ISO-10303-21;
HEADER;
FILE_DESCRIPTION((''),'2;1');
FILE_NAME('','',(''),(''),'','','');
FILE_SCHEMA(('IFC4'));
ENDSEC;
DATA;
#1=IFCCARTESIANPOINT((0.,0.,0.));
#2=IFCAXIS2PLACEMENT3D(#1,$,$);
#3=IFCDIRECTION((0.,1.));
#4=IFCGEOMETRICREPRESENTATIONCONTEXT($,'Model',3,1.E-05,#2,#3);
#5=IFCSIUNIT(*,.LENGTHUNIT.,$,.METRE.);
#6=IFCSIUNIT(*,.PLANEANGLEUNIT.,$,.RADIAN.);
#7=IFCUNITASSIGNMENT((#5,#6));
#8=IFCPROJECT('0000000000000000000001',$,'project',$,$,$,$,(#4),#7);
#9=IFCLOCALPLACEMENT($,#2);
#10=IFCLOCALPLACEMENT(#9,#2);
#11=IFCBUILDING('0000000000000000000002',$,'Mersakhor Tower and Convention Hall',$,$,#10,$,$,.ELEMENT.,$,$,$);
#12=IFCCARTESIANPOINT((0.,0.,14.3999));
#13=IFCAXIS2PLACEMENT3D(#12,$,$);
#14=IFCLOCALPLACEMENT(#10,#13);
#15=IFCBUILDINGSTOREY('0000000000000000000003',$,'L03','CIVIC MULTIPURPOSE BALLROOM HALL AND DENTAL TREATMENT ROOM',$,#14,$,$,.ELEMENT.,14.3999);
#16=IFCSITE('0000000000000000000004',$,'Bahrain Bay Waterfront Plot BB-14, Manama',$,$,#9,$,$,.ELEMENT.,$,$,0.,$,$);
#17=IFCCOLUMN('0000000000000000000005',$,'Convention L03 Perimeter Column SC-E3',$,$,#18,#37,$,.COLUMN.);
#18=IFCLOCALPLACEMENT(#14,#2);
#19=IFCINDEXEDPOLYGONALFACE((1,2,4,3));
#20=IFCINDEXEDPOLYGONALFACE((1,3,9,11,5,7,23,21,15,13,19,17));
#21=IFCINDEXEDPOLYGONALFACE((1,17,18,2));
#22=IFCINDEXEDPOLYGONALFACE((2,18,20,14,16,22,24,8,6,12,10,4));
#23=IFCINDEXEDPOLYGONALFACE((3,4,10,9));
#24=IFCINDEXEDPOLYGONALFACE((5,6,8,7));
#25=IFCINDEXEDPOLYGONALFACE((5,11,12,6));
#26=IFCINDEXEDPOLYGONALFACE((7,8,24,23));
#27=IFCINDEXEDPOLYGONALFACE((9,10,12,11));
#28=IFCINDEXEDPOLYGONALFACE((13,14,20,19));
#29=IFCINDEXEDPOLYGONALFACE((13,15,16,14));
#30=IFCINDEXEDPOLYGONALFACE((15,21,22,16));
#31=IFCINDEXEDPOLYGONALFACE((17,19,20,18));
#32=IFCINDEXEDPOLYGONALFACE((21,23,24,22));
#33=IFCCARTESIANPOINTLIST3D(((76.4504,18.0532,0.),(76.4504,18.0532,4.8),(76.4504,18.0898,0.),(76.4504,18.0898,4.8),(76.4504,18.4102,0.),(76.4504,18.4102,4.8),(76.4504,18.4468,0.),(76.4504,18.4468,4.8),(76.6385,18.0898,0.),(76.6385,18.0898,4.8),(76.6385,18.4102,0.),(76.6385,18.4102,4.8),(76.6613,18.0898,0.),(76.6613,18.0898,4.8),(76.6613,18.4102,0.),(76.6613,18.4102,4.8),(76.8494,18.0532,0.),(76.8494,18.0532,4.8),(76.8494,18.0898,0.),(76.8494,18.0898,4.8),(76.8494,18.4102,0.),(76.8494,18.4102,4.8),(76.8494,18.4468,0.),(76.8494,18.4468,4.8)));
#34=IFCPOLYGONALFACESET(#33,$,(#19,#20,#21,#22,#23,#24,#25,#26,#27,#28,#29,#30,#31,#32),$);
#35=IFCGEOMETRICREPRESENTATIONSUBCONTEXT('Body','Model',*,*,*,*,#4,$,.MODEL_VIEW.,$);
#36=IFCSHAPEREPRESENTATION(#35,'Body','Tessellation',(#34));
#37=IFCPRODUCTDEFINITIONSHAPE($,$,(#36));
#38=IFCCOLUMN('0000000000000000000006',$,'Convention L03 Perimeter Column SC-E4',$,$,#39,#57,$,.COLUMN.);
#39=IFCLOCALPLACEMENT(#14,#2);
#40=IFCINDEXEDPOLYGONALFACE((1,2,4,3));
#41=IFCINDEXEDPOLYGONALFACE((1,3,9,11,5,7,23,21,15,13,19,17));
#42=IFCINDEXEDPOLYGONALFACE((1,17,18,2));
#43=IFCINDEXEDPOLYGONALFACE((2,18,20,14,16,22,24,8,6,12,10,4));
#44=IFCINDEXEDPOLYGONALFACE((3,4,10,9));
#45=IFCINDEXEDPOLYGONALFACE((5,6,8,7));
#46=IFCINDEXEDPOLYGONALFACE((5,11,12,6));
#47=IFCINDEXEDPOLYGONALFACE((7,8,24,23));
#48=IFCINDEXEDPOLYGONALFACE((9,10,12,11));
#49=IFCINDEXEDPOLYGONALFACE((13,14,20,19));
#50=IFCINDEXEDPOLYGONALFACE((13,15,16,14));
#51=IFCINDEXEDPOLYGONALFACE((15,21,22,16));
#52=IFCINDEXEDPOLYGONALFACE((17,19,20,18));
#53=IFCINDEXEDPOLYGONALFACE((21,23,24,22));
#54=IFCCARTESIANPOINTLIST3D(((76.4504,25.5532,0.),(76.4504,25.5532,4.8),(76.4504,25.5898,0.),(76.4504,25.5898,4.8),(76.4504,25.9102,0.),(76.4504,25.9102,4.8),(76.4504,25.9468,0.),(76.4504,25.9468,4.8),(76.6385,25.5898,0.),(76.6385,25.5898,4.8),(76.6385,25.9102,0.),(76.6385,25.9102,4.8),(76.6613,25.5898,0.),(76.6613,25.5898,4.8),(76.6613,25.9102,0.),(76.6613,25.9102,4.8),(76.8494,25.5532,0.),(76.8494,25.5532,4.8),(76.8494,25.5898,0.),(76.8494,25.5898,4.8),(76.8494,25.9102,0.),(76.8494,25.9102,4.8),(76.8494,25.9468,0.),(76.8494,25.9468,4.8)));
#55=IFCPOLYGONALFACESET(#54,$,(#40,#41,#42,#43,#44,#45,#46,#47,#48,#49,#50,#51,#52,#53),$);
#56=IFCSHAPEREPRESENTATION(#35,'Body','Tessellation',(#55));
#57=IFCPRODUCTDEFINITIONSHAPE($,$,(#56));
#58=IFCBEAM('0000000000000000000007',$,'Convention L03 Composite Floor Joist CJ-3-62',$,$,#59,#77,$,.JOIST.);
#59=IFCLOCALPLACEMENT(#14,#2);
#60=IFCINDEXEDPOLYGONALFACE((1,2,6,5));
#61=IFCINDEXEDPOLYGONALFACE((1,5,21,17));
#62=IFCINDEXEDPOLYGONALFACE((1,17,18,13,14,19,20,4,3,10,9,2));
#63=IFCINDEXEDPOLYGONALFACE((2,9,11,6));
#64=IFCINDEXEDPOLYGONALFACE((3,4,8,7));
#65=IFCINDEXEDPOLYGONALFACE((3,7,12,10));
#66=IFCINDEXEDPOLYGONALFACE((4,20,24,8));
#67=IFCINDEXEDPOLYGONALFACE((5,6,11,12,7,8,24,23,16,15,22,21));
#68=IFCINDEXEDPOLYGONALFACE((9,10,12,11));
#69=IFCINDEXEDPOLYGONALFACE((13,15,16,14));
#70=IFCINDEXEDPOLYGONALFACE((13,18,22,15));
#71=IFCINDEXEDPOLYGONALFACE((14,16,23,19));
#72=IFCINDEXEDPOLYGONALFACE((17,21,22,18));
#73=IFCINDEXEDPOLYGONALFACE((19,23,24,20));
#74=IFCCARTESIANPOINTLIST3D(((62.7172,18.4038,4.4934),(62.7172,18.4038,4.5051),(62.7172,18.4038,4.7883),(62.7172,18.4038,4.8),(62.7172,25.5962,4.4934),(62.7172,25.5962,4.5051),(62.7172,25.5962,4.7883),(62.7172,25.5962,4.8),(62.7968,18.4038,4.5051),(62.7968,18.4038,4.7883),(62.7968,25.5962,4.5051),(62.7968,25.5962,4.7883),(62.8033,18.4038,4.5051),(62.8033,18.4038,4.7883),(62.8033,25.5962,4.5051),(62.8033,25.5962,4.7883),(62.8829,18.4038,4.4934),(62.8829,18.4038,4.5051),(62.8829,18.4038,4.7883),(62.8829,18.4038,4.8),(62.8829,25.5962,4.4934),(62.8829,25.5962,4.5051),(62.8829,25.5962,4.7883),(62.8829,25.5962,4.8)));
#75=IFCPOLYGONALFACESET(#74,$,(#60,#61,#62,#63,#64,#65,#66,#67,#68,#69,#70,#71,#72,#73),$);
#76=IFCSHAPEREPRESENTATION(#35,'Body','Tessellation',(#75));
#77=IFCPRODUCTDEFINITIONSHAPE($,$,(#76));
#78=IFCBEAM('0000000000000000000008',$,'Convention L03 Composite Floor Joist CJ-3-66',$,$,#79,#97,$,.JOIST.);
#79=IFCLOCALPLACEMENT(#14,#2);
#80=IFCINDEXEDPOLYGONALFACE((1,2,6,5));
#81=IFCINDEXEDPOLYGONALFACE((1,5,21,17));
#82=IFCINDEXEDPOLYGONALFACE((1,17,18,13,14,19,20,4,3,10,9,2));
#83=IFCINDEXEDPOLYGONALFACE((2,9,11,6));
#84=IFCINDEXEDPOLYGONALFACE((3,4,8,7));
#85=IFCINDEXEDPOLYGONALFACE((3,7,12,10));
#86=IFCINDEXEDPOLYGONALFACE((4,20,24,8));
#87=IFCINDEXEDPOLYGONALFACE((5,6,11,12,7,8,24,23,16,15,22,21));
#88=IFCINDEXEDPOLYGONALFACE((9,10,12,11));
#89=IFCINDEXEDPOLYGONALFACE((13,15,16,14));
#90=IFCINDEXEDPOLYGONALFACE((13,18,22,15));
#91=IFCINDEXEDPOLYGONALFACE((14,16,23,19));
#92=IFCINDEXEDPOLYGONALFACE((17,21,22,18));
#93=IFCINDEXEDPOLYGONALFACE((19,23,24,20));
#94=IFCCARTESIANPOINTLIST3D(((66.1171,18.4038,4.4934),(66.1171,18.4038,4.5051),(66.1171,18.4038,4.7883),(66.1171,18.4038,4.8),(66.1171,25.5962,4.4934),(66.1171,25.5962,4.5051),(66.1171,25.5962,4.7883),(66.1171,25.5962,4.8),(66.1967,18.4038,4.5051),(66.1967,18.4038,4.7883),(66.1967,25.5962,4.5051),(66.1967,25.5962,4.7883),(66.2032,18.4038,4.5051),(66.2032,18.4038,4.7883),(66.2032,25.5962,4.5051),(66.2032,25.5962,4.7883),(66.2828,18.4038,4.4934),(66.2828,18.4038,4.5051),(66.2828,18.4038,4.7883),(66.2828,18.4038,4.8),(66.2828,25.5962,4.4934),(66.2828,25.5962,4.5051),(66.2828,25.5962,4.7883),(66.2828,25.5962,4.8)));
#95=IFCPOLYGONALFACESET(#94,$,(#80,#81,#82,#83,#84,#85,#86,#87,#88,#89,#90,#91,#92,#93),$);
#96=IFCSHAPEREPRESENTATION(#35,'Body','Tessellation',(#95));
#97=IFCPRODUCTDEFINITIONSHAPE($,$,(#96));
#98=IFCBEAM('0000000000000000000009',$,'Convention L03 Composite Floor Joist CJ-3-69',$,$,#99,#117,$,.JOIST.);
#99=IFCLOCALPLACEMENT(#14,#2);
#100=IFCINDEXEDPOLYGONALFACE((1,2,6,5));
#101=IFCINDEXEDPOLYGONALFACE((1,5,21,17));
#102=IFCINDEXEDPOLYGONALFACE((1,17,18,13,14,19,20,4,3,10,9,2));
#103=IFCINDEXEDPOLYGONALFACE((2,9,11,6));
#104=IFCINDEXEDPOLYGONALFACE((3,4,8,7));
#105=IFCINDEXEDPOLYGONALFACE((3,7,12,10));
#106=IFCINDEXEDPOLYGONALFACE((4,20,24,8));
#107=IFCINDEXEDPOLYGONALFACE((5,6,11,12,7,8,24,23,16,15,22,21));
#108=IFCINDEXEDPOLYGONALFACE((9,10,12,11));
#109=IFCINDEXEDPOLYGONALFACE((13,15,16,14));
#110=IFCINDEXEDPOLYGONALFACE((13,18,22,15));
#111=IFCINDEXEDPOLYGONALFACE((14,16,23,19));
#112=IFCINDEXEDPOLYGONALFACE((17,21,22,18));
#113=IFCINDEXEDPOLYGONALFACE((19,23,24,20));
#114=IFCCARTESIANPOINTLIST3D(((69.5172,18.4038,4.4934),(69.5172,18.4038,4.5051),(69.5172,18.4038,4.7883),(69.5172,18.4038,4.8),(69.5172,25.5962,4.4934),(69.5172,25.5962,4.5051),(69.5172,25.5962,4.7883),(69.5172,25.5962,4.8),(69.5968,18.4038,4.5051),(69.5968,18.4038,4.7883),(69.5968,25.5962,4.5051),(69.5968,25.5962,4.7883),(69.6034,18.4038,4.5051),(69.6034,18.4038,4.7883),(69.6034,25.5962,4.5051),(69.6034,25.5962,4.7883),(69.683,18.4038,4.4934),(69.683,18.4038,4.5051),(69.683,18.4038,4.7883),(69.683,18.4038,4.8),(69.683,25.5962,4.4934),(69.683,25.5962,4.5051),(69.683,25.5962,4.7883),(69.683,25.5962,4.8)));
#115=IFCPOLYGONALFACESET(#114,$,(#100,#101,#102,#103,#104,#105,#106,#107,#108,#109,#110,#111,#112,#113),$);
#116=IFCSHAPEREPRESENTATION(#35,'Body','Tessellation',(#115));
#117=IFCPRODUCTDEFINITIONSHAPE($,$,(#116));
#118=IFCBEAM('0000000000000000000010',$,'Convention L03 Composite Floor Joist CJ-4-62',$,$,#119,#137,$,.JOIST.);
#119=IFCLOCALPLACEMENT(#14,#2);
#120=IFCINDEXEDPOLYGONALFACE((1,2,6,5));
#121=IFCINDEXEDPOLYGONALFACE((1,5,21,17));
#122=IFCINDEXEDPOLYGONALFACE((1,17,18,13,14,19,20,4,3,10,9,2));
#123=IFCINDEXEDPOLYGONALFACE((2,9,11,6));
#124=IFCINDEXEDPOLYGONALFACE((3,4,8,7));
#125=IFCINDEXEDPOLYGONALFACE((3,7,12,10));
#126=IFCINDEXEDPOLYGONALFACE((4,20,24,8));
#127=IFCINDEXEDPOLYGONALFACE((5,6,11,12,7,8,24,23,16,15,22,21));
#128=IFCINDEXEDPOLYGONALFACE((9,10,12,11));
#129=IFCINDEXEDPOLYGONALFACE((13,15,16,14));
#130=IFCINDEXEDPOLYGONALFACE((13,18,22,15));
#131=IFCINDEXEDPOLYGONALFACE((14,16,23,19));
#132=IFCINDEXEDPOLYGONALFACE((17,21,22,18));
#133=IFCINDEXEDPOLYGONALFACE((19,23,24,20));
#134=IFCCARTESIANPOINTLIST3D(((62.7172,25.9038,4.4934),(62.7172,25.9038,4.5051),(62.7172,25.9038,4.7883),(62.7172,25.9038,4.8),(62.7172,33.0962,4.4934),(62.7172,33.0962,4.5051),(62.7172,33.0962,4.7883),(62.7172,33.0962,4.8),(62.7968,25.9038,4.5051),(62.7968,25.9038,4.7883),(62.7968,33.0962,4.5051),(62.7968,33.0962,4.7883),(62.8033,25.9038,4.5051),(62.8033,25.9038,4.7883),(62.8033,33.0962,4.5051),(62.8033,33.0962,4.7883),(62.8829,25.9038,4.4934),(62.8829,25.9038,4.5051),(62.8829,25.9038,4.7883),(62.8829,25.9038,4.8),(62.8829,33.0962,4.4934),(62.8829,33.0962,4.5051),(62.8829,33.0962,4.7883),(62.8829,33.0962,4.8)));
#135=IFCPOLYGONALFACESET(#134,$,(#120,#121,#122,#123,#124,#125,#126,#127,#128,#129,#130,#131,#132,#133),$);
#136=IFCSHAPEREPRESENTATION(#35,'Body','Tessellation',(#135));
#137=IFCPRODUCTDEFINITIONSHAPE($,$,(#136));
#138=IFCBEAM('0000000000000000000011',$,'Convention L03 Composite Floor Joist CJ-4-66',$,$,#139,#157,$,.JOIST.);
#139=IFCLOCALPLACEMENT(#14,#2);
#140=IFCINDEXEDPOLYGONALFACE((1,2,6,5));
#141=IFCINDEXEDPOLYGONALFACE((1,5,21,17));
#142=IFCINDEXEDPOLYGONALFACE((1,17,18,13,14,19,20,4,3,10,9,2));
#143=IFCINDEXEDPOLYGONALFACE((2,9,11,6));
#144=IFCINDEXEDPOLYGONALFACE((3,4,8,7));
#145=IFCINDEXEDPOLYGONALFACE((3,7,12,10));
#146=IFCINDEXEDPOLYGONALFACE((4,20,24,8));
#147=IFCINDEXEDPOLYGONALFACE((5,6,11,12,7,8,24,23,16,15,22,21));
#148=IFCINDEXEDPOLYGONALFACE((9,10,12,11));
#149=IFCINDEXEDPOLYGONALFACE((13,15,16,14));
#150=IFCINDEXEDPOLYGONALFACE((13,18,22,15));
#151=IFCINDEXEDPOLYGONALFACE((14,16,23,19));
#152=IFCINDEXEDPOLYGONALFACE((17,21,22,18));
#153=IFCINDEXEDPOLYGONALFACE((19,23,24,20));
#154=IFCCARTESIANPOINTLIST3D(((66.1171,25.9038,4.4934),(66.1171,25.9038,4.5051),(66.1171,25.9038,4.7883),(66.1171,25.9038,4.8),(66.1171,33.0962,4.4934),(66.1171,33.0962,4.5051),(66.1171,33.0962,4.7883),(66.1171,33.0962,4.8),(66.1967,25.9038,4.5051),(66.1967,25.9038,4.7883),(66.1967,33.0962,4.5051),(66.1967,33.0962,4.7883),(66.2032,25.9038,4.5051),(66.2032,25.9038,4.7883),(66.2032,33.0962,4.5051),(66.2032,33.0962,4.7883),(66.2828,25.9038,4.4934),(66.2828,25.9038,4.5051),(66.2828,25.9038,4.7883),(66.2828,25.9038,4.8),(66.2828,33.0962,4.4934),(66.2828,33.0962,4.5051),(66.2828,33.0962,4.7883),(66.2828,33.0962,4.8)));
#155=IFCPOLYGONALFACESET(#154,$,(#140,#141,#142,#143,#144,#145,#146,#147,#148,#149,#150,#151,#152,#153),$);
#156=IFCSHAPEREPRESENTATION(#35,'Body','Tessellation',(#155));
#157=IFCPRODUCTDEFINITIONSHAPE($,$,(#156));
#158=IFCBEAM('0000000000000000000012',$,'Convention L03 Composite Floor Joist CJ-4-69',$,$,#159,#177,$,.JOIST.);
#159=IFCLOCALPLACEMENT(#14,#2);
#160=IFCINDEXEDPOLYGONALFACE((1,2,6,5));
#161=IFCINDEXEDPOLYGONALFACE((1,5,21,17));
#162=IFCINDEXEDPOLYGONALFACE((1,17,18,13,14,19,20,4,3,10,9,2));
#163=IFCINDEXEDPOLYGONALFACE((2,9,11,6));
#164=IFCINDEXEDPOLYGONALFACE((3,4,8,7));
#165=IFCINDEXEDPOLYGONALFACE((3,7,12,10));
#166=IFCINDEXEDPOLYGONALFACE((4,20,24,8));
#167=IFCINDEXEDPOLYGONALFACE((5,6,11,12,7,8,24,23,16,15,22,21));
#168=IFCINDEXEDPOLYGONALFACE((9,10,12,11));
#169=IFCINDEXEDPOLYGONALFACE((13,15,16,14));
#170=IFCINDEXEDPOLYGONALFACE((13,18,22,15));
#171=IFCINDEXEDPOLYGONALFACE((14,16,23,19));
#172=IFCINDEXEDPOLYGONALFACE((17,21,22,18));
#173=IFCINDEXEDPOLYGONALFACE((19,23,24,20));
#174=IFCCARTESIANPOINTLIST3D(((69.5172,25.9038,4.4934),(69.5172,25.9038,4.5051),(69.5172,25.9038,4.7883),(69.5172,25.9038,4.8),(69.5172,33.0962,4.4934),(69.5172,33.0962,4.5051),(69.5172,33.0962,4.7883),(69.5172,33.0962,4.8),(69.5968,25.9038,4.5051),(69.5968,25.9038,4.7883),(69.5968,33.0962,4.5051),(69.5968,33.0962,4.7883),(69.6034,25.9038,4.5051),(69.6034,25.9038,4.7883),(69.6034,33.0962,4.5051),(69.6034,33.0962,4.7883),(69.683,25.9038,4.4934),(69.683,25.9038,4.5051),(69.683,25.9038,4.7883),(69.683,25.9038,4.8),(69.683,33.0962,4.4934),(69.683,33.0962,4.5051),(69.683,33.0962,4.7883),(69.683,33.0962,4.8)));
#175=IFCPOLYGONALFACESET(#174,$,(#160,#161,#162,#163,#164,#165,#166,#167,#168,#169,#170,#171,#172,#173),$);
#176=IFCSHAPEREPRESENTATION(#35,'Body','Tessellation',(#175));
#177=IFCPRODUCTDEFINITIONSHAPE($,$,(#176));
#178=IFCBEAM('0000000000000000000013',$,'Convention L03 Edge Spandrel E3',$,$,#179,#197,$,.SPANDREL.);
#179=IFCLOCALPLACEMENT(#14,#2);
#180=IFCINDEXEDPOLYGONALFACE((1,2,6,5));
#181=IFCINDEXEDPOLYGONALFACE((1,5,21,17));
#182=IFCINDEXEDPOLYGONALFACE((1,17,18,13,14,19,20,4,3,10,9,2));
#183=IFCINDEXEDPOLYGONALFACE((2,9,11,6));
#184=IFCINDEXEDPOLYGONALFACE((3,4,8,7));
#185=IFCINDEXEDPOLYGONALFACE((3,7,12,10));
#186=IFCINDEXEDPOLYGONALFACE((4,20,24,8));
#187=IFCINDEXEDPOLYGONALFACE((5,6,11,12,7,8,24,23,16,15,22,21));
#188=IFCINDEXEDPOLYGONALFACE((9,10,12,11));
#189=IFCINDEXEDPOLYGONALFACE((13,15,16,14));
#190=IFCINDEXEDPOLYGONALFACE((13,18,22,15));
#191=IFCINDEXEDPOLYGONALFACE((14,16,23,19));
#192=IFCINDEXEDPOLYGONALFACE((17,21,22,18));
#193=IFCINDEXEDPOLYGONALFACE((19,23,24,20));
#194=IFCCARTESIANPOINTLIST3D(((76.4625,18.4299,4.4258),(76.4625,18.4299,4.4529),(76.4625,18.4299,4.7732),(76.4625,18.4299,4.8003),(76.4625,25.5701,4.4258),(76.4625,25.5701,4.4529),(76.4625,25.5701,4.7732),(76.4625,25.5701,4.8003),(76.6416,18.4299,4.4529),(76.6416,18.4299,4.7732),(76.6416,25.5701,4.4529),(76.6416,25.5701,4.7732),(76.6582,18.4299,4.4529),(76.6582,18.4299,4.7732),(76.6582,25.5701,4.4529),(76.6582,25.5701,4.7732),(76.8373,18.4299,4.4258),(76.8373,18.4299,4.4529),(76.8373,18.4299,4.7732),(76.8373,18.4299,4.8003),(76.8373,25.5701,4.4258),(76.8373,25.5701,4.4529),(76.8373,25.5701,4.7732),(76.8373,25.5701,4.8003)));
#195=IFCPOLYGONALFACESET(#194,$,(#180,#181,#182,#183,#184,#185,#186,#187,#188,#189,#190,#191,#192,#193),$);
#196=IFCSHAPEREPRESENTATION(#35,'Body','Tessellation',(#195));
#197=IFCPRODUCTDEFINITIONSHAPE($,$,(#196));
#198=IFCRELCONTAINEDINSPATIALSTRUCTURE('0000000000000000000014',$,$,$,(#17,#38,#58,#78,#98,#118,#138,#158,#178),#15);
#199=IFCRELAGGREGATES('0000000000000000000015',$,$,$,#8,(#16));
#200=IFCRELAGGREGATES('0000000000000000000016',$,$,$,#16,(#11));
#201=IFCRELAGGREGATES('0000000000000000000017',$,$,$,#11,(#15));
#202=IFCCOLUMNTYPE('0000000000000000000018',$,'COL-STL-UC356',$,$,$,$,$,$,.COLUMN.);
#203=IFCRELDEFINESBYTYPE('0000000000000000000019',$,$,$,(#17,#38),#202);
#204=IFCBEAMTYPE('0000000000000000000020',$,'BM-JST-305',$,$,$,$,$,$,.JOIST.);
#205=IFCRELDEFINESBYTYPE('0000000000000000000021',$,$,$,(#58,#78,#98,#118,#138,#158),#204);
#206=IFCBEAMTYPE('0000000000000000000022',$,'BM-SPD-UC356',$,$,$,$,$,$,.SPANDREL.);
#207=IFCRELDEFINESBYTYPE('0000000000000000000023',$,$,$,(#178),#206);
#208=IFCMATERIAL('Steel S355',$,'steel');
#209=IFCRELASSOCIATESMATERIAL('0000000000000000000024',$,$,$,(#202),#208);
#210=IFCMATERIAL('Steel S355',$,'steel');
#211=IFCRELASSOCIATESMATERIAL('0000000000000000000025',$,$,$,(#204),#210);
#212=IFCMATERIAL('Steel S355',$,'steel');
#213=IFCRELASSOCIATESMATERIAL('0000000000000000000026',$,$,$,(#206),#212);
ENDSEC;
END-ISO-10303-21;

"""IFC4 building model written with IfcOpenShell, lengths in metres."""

from ifc_helpers import new_model, si_unit, direction, frame, origin, origin_2d, place, context, subcontext, project, spatial, i_section, extrude, material, material_profile, profile_set, type_object, element, save


model = new_model("IFC4")

# Units and contexts
model_context = context("Model", 3, precision=1e-05, world=origin(), true_north=direction((0.0, 1.0)))
body_context = subcontext(model_context, "Body", "Model", "MODEL_VIEW")
ifc_project = project(units=[si_unit("LENGTHUNIT", "METRE"), si_unit("PLANEANGLEUNIT", "RADIAN")], contexts=[model_context])

# Site, building, storey
site_placement = place(None, origin())
site = spatial("IfcSite", under=ifc_project, at=site_placement, Name="Bahrain Bay Waterfront Plot BB-14, Manama", CompositionType="ELEMENT", RefElevation=0.0)
building_placement = place(site_placement, origin())
building = spatial("IfcBuilding", under=site, at=building_placement, Name="Mersakhor Tower and Convention Hall", CompositionType="ELEMENT")
storey_placement = place(building_placement, frame((0.0, 0.0, 14.3999)))
storey = spatial("IfcBuildingStorey", under=building, at=storey_placement, Name="L03", Description="CIVIC MULTIPURPOSE BALLROOM HALL AND DENTAL TREATMENT ROOM", CompositionType="ELEMENT", Elevation=14.3999)

# Columns
ifc_material_1 = material(Name="Steel S355", Category="steel")
ifc_material_profile_1 = material_profile(ifc_material_1, i_section(OverallWidth=0.3989, OverallDepth=0.3936, WebThickness=0.0227, FlangeThickness=0.0366, at=origin_2d()), Name="UC 356x406x287")
ifc_profile_set_1 = profile_set([ifc_material_profile_1], Name="Steel S355")
column_type = type_object("IfcColumnType", Name="COL-STL-UC356", PredefinedType="COLUMN", material=ifc_profile_set_1)
for number, where, z_axis, x_axis, name in (
    (1, (76.6499, 18.25, 0.0), (0.0, 0.0, 1.0), (1.0, 0.0, 0.0), "Convention L03 Perimeter Column SC-E3"),
    (2, (76.6499, 25.75, 0.0), (0.0, 0.0, 1.0), (1.0, 0.0, 0.0), "Convention L03 Perimeter Column SC-E4"),
):
    element("IfcColumn", number, at=place(storey_placement, frame(where, z_axis=z_axis, x_axis=x_axis)), inside=storey, type_object=column_type, Name=name, PredefinedType="COLUMN", context=body_context, shape_type="SweptSolid", body=[
        extrude(i_section(OverallWidth=0.3989, OverallDepth=0.3936, WebThickness=0.0227, FlangeThickness=0.0366, at=origin_2d()), origin(), (0.0, 0.0, 1.0), 4.8),
    ])

# Beams
ifc_material_2 = material(Name="Steel S355", Category="steel")
ifc_material_profile_2 = material_profile(ifc_material_2, i_section(OverallWidth=0.1658, OverallDepth=0.3066, WebThickness=0.0066, FlangeThickness=0.0117, at=origin_2d()), Name="UB 305x165x46")
ifc_profile_set_2 = profile_set([ifc_material_profile_2], Name="Steel S355")
beam_type_1 = type_object("IfcBeamType", Name="BM-JST-305", PredefinedType="JOIST", material=ifc_profile_set_2)
for number, where, z_axis, x_axis, name in (
    (3, (62.8, 18.4038, 4.6467), (0.0, 1.0, 0.0), (-1.0, 0.0, 0.0), "Convention L03 Composite Floor Joist CJ-3-62"),
    (4, (66.2, 18.4038, 4.6467), (0.0, 1.0, 0.0), (-1.0, 0.0, 0.0), "Convention L03 Composite Floor Joist CJ-3-66"),
    (5, (69.6001, 18.4038, 4.6467), (0.0, 1.0, 0.0), (-1.0, 0.0, 0.0), "Convention L03 Composite Floor Joist CJ-3-69"),
    (6, (62.8, 25.9038, 4.6467), (0.0, 1.0, 0.0), (-1.0, 0.0, 0.0), "Convention L03 Composite Floor Joist CJ-4-62"),
    (7, (66.2, 25.9038, 4.6467), (0.0, 1.0, 0.0), (-1.0, 0.0, 0.0), "Convention L03 Composite Floor Joist CJ-4-66"),
    (8, (69.6001, 25.9038, 4.6467), (0.0, 1.0, 0.0), (-1.0, 0.0, 0.0), "Convention L03 Composite Floor Joist CJ-4-69"),
):
    element("IfcBeam", number, at=place(storey_placement, frame(where, z_axis=z_axis, x_axis=x_axis)), inside=storey, type_object=beam_type_1, Name=name, PredefinedType="JOIST", context=body_context, shape_type="SweptSolid", body=[
        extrude(i_section(OverallWidth=0.1658, OverallDepth=0.3066, WebThickness=0.0066, FlangeThickness=0.0117, at=origin_2d()), origin(), (0.0, 0.0, 1.0), 7.1924),
    ])
ifc_material_3 = material(Name="Steel S355", Category="steel")
ifc_material_profile_3 = material_profile(ifc_material_3, i_section(OverallWidth=0.3748, OverallDepth=0.3745, WebThickness=0.0166, FlangeThickness=0.0271, at=origin_2d()), Name="UC 356x368x202")
ifc_profile_set_3 = profile_set([ifc_material_profile_3], Name="Steel S355")
beam_type_2 = type_object("IfcBeamType", Name="BM-SPD-UC356", PredefinedType="SPANDREL", material=ifc_profile_set_3)
for number, where, z_axis, x_axis, name in (
    (9, (76.6499, 18.4299, 4.613), (0.0, 1.0, 0.0), (-1.0, 0.0, 0.0), "Convention L03 Edge Spandrel E3"),
):
    element("IfcBeam", number, at=place(storey_placement, frame(where, z_axis=z_axis, x_axis=x_axis)), inside=storey, type_object=beam_type_2, Name=name, PredefinedType="SPANDREL", context=body_context, shape_type="SweptSolid", body=[
        extrude(i_section(OverallWidth=0.3748, OverallDepth=0.3745, WebThickness=0.0166, FlangeThickness=0.0271, at=origin_2d()), origin(), (0.0, 0.0, 1.0), 7.1401),
    ])

save(model, "model.ifc")
